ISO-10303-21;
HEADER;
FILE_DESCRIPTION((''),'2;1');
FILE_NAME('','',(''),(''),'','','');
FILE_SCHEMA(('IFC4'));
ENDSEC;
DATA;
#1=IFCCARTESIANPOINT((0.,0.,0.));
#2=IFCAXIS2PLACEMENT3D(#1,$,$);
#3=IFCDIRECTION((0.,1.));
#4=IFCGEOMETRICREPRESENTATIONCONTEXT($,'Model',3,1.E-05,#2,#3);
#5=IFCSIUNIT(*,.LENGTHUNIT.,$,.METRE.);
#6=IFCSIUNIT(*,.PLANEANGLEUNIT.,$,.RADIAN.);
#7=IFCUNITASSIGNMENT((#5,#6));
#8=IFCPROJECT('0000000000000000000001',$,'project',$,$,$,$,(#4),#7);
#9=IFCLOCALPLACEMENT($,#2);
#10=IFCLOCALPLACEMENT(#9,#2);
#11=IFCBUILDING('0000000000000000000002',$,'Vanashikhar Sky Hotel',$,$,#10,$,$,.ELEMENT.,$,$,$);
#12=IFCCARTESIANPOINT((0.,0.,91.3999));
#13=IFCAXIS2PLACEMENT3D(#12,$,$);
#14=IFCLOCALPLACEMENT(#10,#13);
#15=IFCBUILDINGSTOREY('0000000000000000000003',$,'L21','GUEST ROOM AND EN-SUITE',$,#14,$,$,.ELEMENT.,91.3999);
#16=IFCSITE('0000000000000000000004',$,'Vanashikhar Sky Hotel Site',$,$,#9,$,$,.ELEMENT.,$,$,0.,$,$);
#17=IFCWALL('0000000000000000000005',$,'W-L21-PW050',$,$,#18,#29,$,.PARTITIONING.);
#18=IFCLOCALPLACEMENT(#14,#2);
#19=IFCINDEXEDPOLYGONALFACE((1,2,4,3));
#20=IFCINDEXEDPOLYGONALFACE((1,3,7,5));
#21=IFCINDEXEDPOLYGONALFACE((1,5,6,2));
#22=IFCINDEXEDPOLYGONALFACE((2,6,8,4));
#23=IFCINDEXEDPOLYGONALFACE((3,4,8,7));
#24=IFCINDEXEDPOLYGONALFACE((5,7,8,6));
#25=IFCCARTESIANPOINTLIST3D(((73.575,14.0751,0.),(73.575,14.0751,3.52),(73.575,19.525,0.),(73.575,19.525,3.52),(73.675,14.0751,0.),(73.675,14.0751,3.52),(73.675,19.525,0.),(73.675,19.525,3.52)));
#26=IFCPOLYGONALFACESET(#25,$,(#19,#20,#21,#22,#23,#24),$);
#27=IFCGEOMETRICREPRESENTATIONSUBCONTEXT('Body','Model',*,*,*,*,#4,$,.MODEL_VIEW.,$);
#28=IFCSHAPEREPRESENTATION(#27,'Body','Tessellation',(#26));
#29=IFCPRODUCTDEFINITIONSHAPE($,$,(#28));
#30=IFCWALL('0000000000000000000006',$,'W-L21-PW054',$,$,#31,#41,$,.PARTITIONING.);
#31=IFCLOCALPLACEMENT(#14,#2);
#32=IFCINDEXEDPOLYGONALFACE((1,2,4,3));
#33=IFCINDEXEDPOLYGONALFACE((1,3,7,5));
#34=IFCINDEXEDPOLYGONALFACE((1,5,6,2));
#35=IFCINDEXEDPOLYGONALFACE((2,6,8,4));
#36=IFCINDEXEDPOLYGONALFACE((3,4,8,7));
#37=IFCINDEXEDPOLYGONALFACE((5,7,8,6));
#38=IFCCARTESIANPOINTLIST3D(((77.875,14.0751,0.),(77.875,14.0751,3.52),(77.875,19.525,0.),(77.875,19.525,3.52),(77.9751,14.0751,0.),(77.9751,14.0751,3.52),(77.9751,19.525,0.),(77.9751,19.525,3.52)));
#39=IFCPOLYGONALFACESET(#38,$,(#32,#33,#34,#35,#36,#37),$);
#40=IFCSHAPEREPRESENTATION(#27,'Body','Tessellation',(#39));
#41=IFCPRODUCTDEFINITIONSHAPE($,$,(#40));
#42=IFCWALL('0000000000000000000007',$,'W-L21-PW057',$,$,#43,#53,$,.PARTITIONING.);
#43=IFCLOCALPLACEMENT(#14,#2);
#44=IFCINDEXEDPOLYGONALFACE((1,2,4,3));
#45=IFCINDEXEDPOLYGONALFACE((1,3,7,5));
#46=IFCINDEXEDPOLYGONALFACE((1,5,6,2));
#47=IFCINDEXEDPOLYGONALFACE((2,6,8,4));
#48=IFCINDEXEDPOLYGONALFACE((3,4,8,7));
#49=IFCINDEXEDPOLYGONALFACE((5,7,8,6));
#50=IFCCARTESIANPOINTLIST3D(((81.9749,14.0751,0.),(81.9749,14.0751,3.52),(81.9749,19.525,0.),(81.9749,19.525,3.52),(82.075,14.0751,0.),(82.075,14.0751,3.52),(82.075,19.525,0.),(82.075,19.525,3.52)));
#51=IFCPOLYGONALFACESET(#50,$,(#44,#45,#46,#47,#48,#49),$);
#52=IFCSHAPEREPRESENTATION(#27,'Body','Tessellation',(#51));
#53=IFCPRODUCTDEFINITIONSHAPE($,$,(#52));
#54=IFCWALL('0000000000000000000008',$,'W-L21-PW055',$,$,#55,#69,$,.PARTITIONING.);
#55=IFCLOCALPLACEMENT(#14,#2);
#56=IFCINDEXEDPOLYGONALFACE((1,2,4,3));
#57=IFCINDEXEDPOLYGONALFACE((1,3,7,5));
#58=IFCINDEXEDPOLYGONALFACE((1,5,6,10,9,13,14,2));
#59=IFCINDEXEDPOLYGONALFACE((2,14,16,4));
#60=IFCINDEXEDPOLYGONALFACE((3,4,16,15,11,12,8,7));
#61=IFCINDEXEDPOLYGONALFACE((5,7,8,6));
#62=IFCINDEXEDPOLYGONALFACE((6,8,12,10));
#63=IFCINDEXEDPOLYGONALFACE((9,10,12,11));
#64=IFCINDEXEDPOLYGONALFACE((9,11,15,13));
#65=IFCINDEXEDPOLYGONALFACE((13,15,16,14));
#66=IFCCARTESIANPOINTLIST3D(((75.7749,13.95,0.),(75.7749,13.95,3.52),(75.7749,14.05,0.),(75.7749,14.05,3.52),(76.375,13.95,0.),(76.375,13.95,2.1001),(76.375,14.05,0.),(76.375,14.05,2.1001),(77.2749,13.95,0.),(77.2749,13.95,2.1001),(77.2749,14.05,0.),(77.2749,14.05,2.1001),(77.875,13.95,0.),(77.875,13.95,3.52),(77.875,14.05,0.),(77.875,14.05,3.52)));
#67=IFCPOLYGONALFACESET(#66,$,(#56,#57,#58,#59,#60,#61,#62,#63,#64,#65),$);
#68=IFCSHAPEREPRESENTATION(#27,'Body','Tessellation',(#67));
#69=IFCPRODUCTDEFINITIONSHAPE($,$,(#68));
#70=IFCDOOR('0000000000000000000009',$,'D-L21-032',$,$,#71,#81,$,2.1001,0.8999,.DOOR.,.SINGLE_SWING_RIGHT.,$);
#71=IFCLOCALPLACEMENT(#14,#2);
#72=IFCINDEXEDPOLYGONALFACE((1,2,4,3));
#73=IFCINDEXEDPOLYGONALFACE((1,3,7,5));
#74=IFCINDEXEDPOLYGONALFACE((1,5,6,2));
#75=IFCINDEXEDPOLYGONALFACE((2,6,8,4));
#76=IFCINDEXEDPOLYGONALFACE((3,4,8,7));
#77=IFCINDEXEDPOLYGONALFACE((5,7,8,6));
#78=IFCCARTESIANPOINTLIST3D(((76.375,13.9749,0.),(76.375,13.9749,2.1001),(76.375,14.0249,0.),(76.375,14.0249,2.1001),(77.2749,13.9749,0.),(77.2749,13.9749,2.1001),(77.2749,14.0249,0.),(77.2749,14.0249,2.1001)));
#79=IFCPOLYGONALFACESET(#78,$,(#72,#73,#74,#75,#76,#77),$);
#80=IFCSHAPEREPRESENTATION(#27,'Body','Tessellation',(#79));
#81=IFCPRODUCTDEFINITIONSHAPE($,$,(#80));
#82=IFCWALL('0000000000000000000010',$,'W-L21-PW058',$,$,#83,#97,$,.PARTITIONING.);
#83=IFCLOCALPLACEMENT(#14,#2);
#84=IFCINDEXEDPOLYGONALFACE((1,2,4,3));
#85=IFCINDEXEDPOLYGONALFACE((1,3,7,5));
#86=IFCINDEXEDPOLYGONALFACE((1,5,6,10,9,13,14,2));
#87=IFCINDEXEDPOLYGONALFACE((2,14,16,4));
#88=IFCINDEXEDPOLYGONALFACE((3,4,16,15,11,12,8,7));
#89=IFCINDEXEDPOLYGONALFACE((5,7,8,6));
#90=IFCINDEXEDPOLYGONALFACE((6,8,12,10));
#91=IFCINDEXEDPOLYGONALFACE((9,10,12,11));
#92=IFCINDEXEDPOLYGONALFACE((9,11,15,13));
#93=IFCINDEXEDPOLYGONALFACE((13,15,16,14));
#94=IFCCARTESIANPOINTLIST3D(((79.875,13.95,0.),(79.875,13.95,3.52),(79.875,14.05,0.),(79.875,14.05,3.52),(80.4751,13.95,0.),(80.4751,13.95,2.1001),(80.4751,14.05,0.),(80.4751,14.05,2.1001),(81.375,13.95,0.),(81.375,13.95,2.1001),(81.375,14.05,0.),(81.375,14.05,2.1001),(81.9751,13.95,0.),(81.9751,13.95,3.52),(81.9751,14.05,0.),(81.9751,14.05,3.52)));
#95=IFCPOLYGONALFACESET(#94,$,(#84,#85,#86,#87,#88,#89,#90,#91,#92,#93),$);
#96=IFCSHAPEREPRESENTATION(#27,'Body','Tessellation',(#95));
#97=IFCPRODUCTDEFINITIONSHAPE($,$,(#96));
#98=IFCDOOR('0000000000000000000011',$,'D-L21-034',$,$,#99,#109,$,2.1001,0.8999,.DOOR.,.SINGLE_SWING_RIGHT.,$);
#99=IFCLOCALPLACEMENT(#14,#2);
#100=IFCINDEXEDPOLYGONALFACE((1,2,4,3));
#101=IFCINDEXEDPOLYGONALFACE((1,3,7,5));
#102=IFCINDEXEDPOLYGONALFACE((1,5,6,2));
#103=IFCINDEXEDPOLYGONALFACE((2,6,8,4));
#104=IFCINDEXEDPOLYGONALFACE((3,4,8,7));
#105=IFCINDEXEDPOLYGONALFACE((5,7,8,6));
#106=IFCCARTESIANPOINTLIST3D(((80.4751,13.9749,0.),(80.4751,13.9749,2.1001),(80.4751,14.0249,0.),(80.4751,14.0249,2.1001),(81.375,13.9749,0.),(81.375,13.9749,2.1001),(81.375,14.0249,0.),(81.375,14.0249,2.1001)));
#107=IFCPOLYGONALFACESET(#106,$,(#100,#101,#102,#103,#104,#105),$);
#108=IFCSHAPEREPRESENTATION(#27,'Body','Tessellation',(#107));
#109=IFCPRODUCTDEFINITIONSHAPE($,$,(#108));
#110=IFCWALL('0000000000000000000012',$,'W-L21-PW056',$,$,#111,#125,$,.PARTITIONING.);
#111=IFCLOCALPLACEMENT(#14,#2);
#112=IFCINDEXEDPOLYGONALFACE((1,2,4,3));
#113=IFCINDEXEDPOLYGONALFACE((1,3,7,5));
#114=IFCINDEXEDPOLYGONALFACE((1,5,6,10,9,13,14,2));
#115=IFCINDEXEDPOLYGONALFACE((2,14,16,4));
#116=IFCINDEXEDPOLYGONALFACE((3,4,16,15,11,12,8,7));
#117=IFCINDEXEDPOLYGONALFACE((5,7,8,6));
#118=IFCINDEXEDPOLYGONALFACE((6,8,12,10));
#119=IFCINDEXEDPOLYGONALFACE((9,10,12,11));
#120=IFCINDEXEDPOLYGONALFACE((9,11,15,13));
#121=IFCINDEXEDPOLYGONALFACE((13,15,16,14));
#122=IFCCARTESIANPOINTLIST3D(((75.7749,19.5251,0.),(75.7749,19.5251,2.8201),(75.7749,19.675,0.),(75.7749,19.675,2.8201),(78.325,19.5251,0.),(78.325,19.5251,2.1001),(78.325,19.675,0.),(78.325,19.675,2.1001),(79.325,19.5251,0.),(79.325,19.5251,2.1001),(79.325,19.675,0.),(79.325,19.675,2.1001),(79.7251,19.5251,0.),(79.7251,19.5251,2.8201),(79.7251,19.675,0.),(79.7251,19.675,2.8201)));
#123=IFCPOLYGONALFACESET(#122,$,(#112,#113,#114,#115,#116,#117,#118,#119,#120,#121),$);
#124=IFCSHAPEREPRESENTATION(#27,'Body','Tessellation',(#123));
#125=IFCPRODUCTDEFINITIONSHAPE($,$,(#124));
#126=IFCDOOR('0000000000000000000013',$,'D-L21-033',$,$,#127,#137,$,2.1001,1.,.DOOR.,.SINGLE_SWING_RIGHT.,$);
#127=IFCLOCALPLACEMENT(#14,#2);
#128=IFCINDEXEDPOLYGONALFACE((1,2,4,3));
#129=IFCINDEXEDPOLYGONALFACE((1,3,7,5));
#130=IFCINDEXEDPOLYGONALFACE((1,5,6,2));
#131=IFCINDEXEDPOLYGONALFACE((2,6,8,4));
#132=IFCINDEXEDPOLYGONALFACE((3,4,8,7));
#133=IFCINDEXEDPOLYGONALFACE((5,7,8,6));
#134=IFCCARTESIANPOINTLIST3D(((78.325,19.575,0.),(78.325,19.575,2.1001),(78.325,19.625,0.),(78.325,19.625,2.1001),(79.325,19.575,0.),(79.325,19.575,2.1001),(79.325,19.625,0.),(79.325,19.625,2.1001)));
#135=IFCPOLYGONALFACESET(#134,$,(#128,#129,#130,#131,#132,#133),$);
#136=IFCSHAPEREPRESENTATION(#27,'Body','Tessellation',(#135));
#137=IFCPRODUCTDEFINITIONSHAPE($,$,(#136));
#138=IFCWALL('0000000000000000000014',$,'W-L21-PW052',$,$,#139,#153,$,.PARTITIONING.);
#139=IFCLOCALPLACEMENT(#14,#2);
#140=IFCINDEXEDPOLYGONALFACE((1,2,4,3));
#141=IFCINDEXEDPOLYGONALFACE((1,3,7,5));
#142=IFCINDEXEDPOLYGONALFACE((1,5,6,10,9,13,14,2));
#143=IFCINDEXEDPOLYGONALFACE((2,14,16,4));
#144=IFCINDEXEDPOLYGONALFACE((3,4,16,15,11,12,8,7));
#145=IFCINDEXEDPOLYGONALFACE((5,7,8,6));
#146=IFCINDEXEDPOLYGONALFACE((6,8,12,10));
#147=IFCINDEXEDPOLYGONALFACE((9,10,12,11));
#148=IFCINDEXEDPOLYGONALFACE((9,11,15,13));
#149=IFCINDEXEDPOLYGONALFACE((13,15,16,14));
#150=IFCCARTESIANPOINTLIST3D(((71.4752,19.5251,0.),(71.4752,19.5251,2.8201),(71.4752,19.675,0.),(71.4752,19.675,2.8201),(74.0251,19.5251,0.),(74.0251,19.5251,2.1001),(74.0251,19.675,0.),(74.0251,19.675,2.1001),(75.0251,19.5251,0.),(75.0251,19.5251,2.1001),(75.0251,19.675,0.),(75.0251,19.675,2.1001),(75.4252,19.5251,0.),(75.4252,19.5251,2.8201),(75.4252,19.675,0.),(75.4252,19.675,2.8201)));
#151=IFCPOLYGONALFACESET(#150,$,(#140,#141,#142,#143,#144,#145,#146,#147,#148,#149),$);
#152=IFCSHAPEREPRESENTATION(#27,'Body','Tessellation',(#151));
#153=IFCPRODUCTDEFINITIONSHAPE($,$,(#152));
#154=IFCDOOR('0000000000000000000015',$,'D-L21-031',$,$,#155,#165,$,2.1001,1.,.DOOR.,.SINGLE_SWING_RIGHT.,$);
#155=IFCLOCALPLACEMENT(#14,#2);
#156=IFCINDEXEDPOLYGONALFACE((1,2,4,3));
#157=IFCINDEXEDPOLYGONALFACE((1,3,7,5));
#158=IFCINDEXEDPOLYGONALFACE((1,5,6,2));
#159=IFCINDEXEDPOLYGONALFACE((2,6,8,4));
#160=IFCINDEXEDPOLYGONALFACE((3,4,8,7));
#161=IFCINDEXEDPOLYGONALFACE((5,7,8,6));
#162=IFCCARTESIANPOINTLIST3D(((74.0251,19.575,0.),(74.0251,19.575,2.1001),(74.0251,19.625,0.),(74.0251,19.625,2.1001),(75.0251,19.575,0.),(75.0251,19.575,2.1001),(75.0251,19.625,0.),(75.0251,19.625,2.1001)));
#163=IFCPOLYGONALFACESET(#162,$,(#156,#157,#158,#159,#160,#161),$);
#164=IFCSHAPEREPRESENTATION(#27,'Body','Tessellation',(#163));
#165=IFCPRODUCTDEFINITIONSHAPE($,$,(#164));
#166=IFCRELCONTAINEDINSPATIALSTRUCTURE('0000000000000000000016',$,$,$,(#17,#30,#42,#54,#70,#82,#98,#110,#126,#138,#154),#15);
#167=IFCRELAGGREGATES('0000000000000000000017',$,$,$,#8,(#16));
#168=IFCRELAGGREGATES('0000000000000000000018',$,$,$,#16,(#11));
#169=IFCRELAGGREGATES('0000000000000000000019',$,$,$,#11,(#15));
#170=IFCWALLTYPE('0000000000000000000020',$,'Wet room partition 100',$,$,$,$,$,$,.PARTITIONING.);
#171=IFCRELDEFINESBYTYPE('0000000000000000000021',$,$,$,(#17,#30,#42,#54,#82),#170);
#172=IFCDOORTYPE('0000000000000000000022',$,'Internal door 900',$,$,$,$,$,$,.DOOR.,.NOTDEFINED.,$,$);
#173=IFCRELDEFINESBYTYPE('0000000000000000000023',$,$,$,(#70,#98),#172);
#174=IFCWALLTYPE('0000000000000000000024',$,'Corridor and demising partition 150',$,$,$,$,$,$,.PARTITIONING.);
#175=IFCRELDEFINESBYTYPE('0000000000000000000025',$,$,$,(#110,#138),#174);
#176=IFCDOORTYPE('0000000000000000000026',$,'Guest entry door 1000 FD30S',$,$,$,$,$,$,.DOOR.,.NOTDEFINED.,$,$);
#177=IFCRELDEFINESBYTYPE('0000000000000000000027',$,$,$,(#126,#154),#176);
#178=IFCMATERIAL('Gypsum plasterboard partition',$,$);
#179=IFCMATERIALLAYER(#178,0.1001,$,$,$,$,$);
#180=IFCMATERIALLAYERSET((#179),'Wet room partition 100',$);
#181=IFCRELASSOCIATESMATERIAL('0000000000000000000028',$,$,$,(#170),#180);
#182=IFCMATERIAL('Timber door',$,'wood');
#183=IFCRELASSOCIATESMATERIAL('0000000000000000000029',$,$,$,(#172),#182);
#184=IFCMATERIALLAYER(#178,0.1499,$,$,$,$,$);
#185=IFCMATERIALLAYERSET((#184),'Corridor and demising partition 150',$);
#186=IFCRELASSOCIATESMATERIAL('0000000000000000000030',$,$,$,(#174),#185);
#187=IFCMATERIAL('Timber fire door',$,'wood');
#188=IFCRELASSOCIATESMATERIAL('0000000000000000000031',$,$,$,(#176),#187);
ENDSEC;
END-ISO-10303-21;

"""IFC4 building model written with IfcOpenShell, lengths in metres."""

from ifc_helpers import new_model, si_unit, direction, frame, frame_2d, origin, place, context, subcontext, project, spatial, rectangle, extrude, source, transform, mapped, material, layer, layer_set, type_object, element, fill, save


model = new_model("IFC4")

# Units and contexts
model_context = context("Model", 3, precision=1e-05, world=origin(), true_north=direction((0.0, 1.0)))
body_context = subcontext(model_context, "Body", "Model", "MODEL_VIEW")
ifc_project = project(units=[si_unit("LENGTHUNIT", "METRE"), si_unit("PLANEANGLEUNIT", "RADIAN")], contexts=[model_context])

# Site, building, storey
site_placement = place(None, origin())
site = spatial("IfcSite", under=ifc_project, at=site_placement, Name="Vanashikhar Sky Hotel Site", CompositionType="ELEMENT", RefElevation=0.0)
building_placement = place(site_placement, origin())
building = spatial("IfcBuilding", under=site, at=building_placement, Name="Vanashikhar Sky Hotel", CompositionType="ELEMENT")
storey_placement = place(building_placement, frame((0.0, 0.0, 91.3999)))
storey = spatial("IfcBuildingStorey", under=building, at=storey_placement, Name="L21", Description="GUEST ROOM AND EN-SUITE", CompositionType="ELEMENT", Elevation=91.3999)

# Walls
ifc_material_1 = material(Name="Gypsum plasterboard partition")
ifc_layer_1 = layer(ifc_material_1, 0.1001)
ifc_layer_set_1 = layer_set([ifc_layer_1], Name="Wet room partition 100")
wall_type_1 = type_object("IfcWallType", Name="Wet room partition 100", PredefinedType="PARTITIONING", material=ifc_layer_set_1)
shared_shape_1 = source(origin(), body_context, "Body", "SweptSolid", [
    extrude(rectangle(XDim=5.45, YDim=0.1001, at=frame_2d((2.7251, 0.0))), origin(), (0.0, 0.0, 1.0), 3.52),
])
for number, where, z_axis, x_axis, name in (
    (1, (73.625, 14.075, 0.0), (0.0, 0.0, 1.0), (0.0, 1.0, 0.0), "W-L21-PW050"),
    (2, (77.925, 14.075, 0.0), (0.0, 0.0, 1.0), (0.0, 1.0, 0.0), "W-L21-PW054"),
    (3, (82.0249, 14.075, 0.0), (0.0, 0.0, 1.0), (0.0, 1.0, 0.0), "W-L21-PW057"),
):
    element("IfcWall", number, at=place(storey_placement, frame(where, z_axis=z_axis, x_axis=x_axis)), inside=storey, type_object=wall_type_1, Name=name, PredefinedType="PARTITIONING", context=body_context, shape_type="MappedRepresentation", body=[
        mapped(shared_shape_1, transform((0.0, 0.0, 0.0), scale=1.0)),
    ])

# Walls, openings, doors
shared_shape_2 = source(origin(), body_context, "Body", "SweptSolid", [
    extrude(rectangle(XDim=2.1001, YDim=0.1001, at=frame_2d((1.05, 0.0))), origin(), (0.0, 0.0, 1.0), 3.52),
])
wall_1_placement = place(storey_placement, frame((75.7749, 14.0, 0.0), z_axis=(0.0, 0.0, 1.0), x_axis=(1.0, 0.0, 0.0)))
wall_1 = element("IfcWall", 4, at=wall_1_placement, inside=storey, type_object=wall_type_1, Name="W-L21-PW055", PredefinedType="PARTITIONING", context=body_context, shape_type="MappedRepresentation", body=[
    mapped(shared_shape_2, transform((0.0, 0.0, 0.0), scale=1.0)),
])
shared_shape_3 = source(origin(), body_context, "Body", "SweptSolid", [
    extrude(rectangle(XDim=0.8999, YDim=2.1001, at=frame_2d((0.45, 1.05))), frame((0.0, 0.0601, 0.0), z_axis=(0.0, -1.0, 0.0), x_axis=(1.0, 0.0, 0.0)), (0.0, 0.0, 1.0), 0.1201),
])
opening_1_placement = place(wall_1_placement, frame((0.6001, 0.0, 0.0)))
opening_1 = element("IfcOpeningElement", 5, at=opening_1_placement, cuts=wall_1, PredefinedType="OPENING", context=body_context, shape_type="MappedRepresentation", body=[
    mapped(shared_shape_3, transform((0.0, 0.0, 0.0), scale=1.0)),
])
ifc_material_2 = material(Name="Timber door", Category="wood")
door_type_1 = type_object("IfcDoorType", Name="Internal door 900", OperationType="NOTDEFINED", PredefinedType="DOOR", material=ifc_material_2)
shared_shape_4 = source(origin(), body_context, "Body", "SweptSolid", [
    extrude(rectangle(XDim=0.8999, YDim=2.1001, at=frame_2d((0.45, 1.05))), frame((0.0, 0.0249, 0.0), z_axis=(0.0, -1.0, 0.0), x_axis=(1.0, 0.0, 0.0)), (0.0, 0.0, 1.0), 0.05),
])
door_1_placement = place(opening_1_placement, origin())
door_1 = element("IfcDoor", 6, at=door_1_placement, inside=storey, type_object=door_type_1, Name="D-L21-032", OperationType="SINGLE_SWING_RIGHT", OverallHeight=2.1001, OverallWidth=0.8999, PredefinedType="DOOR", context=body_context, shape_type="MappedRepresentation", body=[
    mapped(shared_shape_4, transform((0.0, 0.0, 0.0), scale=1.0)),
])
fill(opening_1, door_1)
wall_2_placement = place(storey_placement, frame((79.875, 14.0, 0.0), z_axis=(0.0, 0.0, 1.0), x_axis=(1.0, 0.0, 0.0)))
wall_2 = element("IfcWall", 7, at=wall_2_placement, inside=storey, type_object=wall_type_1, Name="W-L21-PW058", PredefinedType="PARTITIONING", context=body_context, shape_type="MappedRepresentation", body=[
    mapped(shared_shape_2, transform((0.0, 0.0, 0.0), scale=1.0)),
])
opening_2_placement = place(wall_2_placement, frame((0.6001, 0.0, 0.0)))
opening_2 = element("IfcOpeningElement", 8, at=opening_2_placement, cuts=wall_2, PredefinedType="OPENING", context=body_context, shape_type="MappedRepresentation", body=[
    mapped(shared_shape_3, transform((0.0, 0.0, 0.0), scale=1.0)),
])
door_2_placement = place(opening_2_placement, origin())
door_2 = element("IfcDoor", 9, at=door_2_placement, inside=storey, type_object=door_type_1, Name="D-L21-034", OperationType="SINGLE_SWING_RIGHT", OverallHeight=2.1001, OverallWidth=0.8999, PredefinedType="DOOR", context=body_context, shape_type="MappedRepresentation", body=[
    mapped(shared_shape_4, transform((0.0, 0.0, 0.0), scale=1.0)),
])
fill(opening_2, door_2)
ifc_layer_2 = layer(ifc_material_1, 0.1499)
ifc_layer_set_2 = layer_set([ifc_layer_2], Name="Corridor and demising partition 150")
wall_type_2 = type_object("IfcWallType", Name="Corridor and demising partition 150", PredefinedType="PARTITIONING", material=ifc_layer_set_2)
shared_shape_5 = source(origin(), body_context, "Body", "SweptSolid", [
    extrude(rectangle(XDim=3.9502, YDim=0.1499, at=frame_2d((1.9751, 0.0))), origin(), (0.0, 0.0, 1.0), 2.8201),
])
wall_3_placement = place(storey_placement, frame((75.7749, 19.6001, 0.0), z_axis=(0.0, 0.0, 1.0), x_axis=(1.0, 0.0, 0.0)))
wall_3 = element("IfcWall", 10, at=wall_3_placement, inside=storey, type_object=wall_type_2, Name="W-L21-PW056", PredefinedType="PARTITIONING", context=body_context, shape_type="MappedRepresentation", body=[
    mapped(shared_shape_5, transform((0.0, 0.0, 0.0), scale=1.0)),
])
shared_shape_6 = source(origin(), body_context, "Body", "SweptSolid", [
    extrude(rectangle(XDim=1.0, YDim=2.1001, at=frame_2d((0.5, 1.05))), frame((0.0, 0.085, 0.0), z_axis=(0.0, -1.0, 0.0), x_axis=(1.0, 0.0, 0.0)), (0.0, 0.0, 1.0), 0.1699),
])
opening_3_placement = place(wall_3_placement, frame((2.55, 0.0, 0.0)))
opening_3 = element("IfcOpeningElement", 11, at=opening_3_placement, cuts=wall_3, PredefinedType="OPENING", context=body_context, shape_type="MappedRepresentation", body=[
    mapped(shared_shape_6, transform((0.0, 0.0, 0.0), scale=1.0)),
])
ifc_material_3 = material(Name="Timber fire door", Category="wood")
door_type_2 = type_object("IfcDoorType", Name="Guest entry door 1000 FD30S", OperationType="NOTDEFINED", PredefinedType="DOOR", material=ifc_material_3)
shared_shape_7 = source(origin(), body_context, "Body", "SweptSolid", [
    extrude(rectangle(XDim=1.0, YDim=2.1001, at=frame_2d((0.5, 1.05))), frame((0.0, 0.0249, 0.0), z_axis=(0.0, -1.0, 0.0), x_axis=(1.0, 0.0, 0.0)), (0.0, 0.0, 1.0), 0.05),
])
door_3_placement = place(opening_3_placement, origin())
door_3 = element("IfcDoor", 12, at=door_3_placement, inside=storey, type_object=door_type_2, Name="D-L21-033", OperationType="SINGLE_SWING_RIGHT", OverallHeight=2.1001, OverallWidth=1.0, PredefinedType="DOOR", context=body_context, shape_type="MappedRepresentation", body=[
    mapped(shared_shape_7, transform((0.0, 0.0, 0.0), scale=1.0)),
])
fill(opening_3, door_3)
shared_shape_8 = source(origin(), body_context, "Body", "SweptSolid", [
    extrude(rectangle(XDim=3.95, YDim=0.1499, at=frame_2d((1.9751, 0.0))), origin(), (0.0, 0.0, 1.0), 2.8201),
])
wall_4_placement = place(storey_placement, frame((71.4751, 19.6001, 0.0), z_axis=(0.0, 0.0, 1.0), x_axis=(1.0, 0.0, 0.0)))
wall_4 = element("IfcWall", 13, at=wall_4_placement, inside=storey, type_object=wall_type_2, Name="W-L21-PW052", PredefinedType="PARTITIONING", context=body_context, shape_type="MappedRepresentation", body=[
    mapped(shared_shape_8, transform((0.0, 0.0, 0.0), scale=1.0)),
])
opening_4_placement = place(wall_4_placement, frame((2.55, 0.0, 0.0)))
opening_4 = element("IfcOpeningElement", 14, at=opening_4_placement, cuts=wall_4, PredefinedType="OPENING", context=body_context, shape_type="MappedRepresentation", body=[
    mapped(shared_shape_6, transform((0.0, 0.0, 0.0), scale=1.0)),
])
door_4_placement = place(opening_4_placement, origin())
door_4 = element("IfcDoor", 15, at=door_4_placement, inside=storey, type_object=door_type_2, Name="D-L21-031", OperationType="SINGLE_SWING_RIGHT", OverallHeight=2.1001, OverallWidth=1.0, PredefinedType="DOOR", context=body_context, shape_type="MappedRepresentation", body=[
    mapped(shared_shape_7, transform((0.0, 0.0, 0.0), scale=1.0)),
])
fill(opening_4, door_4)

save(model, "model.ifc")
